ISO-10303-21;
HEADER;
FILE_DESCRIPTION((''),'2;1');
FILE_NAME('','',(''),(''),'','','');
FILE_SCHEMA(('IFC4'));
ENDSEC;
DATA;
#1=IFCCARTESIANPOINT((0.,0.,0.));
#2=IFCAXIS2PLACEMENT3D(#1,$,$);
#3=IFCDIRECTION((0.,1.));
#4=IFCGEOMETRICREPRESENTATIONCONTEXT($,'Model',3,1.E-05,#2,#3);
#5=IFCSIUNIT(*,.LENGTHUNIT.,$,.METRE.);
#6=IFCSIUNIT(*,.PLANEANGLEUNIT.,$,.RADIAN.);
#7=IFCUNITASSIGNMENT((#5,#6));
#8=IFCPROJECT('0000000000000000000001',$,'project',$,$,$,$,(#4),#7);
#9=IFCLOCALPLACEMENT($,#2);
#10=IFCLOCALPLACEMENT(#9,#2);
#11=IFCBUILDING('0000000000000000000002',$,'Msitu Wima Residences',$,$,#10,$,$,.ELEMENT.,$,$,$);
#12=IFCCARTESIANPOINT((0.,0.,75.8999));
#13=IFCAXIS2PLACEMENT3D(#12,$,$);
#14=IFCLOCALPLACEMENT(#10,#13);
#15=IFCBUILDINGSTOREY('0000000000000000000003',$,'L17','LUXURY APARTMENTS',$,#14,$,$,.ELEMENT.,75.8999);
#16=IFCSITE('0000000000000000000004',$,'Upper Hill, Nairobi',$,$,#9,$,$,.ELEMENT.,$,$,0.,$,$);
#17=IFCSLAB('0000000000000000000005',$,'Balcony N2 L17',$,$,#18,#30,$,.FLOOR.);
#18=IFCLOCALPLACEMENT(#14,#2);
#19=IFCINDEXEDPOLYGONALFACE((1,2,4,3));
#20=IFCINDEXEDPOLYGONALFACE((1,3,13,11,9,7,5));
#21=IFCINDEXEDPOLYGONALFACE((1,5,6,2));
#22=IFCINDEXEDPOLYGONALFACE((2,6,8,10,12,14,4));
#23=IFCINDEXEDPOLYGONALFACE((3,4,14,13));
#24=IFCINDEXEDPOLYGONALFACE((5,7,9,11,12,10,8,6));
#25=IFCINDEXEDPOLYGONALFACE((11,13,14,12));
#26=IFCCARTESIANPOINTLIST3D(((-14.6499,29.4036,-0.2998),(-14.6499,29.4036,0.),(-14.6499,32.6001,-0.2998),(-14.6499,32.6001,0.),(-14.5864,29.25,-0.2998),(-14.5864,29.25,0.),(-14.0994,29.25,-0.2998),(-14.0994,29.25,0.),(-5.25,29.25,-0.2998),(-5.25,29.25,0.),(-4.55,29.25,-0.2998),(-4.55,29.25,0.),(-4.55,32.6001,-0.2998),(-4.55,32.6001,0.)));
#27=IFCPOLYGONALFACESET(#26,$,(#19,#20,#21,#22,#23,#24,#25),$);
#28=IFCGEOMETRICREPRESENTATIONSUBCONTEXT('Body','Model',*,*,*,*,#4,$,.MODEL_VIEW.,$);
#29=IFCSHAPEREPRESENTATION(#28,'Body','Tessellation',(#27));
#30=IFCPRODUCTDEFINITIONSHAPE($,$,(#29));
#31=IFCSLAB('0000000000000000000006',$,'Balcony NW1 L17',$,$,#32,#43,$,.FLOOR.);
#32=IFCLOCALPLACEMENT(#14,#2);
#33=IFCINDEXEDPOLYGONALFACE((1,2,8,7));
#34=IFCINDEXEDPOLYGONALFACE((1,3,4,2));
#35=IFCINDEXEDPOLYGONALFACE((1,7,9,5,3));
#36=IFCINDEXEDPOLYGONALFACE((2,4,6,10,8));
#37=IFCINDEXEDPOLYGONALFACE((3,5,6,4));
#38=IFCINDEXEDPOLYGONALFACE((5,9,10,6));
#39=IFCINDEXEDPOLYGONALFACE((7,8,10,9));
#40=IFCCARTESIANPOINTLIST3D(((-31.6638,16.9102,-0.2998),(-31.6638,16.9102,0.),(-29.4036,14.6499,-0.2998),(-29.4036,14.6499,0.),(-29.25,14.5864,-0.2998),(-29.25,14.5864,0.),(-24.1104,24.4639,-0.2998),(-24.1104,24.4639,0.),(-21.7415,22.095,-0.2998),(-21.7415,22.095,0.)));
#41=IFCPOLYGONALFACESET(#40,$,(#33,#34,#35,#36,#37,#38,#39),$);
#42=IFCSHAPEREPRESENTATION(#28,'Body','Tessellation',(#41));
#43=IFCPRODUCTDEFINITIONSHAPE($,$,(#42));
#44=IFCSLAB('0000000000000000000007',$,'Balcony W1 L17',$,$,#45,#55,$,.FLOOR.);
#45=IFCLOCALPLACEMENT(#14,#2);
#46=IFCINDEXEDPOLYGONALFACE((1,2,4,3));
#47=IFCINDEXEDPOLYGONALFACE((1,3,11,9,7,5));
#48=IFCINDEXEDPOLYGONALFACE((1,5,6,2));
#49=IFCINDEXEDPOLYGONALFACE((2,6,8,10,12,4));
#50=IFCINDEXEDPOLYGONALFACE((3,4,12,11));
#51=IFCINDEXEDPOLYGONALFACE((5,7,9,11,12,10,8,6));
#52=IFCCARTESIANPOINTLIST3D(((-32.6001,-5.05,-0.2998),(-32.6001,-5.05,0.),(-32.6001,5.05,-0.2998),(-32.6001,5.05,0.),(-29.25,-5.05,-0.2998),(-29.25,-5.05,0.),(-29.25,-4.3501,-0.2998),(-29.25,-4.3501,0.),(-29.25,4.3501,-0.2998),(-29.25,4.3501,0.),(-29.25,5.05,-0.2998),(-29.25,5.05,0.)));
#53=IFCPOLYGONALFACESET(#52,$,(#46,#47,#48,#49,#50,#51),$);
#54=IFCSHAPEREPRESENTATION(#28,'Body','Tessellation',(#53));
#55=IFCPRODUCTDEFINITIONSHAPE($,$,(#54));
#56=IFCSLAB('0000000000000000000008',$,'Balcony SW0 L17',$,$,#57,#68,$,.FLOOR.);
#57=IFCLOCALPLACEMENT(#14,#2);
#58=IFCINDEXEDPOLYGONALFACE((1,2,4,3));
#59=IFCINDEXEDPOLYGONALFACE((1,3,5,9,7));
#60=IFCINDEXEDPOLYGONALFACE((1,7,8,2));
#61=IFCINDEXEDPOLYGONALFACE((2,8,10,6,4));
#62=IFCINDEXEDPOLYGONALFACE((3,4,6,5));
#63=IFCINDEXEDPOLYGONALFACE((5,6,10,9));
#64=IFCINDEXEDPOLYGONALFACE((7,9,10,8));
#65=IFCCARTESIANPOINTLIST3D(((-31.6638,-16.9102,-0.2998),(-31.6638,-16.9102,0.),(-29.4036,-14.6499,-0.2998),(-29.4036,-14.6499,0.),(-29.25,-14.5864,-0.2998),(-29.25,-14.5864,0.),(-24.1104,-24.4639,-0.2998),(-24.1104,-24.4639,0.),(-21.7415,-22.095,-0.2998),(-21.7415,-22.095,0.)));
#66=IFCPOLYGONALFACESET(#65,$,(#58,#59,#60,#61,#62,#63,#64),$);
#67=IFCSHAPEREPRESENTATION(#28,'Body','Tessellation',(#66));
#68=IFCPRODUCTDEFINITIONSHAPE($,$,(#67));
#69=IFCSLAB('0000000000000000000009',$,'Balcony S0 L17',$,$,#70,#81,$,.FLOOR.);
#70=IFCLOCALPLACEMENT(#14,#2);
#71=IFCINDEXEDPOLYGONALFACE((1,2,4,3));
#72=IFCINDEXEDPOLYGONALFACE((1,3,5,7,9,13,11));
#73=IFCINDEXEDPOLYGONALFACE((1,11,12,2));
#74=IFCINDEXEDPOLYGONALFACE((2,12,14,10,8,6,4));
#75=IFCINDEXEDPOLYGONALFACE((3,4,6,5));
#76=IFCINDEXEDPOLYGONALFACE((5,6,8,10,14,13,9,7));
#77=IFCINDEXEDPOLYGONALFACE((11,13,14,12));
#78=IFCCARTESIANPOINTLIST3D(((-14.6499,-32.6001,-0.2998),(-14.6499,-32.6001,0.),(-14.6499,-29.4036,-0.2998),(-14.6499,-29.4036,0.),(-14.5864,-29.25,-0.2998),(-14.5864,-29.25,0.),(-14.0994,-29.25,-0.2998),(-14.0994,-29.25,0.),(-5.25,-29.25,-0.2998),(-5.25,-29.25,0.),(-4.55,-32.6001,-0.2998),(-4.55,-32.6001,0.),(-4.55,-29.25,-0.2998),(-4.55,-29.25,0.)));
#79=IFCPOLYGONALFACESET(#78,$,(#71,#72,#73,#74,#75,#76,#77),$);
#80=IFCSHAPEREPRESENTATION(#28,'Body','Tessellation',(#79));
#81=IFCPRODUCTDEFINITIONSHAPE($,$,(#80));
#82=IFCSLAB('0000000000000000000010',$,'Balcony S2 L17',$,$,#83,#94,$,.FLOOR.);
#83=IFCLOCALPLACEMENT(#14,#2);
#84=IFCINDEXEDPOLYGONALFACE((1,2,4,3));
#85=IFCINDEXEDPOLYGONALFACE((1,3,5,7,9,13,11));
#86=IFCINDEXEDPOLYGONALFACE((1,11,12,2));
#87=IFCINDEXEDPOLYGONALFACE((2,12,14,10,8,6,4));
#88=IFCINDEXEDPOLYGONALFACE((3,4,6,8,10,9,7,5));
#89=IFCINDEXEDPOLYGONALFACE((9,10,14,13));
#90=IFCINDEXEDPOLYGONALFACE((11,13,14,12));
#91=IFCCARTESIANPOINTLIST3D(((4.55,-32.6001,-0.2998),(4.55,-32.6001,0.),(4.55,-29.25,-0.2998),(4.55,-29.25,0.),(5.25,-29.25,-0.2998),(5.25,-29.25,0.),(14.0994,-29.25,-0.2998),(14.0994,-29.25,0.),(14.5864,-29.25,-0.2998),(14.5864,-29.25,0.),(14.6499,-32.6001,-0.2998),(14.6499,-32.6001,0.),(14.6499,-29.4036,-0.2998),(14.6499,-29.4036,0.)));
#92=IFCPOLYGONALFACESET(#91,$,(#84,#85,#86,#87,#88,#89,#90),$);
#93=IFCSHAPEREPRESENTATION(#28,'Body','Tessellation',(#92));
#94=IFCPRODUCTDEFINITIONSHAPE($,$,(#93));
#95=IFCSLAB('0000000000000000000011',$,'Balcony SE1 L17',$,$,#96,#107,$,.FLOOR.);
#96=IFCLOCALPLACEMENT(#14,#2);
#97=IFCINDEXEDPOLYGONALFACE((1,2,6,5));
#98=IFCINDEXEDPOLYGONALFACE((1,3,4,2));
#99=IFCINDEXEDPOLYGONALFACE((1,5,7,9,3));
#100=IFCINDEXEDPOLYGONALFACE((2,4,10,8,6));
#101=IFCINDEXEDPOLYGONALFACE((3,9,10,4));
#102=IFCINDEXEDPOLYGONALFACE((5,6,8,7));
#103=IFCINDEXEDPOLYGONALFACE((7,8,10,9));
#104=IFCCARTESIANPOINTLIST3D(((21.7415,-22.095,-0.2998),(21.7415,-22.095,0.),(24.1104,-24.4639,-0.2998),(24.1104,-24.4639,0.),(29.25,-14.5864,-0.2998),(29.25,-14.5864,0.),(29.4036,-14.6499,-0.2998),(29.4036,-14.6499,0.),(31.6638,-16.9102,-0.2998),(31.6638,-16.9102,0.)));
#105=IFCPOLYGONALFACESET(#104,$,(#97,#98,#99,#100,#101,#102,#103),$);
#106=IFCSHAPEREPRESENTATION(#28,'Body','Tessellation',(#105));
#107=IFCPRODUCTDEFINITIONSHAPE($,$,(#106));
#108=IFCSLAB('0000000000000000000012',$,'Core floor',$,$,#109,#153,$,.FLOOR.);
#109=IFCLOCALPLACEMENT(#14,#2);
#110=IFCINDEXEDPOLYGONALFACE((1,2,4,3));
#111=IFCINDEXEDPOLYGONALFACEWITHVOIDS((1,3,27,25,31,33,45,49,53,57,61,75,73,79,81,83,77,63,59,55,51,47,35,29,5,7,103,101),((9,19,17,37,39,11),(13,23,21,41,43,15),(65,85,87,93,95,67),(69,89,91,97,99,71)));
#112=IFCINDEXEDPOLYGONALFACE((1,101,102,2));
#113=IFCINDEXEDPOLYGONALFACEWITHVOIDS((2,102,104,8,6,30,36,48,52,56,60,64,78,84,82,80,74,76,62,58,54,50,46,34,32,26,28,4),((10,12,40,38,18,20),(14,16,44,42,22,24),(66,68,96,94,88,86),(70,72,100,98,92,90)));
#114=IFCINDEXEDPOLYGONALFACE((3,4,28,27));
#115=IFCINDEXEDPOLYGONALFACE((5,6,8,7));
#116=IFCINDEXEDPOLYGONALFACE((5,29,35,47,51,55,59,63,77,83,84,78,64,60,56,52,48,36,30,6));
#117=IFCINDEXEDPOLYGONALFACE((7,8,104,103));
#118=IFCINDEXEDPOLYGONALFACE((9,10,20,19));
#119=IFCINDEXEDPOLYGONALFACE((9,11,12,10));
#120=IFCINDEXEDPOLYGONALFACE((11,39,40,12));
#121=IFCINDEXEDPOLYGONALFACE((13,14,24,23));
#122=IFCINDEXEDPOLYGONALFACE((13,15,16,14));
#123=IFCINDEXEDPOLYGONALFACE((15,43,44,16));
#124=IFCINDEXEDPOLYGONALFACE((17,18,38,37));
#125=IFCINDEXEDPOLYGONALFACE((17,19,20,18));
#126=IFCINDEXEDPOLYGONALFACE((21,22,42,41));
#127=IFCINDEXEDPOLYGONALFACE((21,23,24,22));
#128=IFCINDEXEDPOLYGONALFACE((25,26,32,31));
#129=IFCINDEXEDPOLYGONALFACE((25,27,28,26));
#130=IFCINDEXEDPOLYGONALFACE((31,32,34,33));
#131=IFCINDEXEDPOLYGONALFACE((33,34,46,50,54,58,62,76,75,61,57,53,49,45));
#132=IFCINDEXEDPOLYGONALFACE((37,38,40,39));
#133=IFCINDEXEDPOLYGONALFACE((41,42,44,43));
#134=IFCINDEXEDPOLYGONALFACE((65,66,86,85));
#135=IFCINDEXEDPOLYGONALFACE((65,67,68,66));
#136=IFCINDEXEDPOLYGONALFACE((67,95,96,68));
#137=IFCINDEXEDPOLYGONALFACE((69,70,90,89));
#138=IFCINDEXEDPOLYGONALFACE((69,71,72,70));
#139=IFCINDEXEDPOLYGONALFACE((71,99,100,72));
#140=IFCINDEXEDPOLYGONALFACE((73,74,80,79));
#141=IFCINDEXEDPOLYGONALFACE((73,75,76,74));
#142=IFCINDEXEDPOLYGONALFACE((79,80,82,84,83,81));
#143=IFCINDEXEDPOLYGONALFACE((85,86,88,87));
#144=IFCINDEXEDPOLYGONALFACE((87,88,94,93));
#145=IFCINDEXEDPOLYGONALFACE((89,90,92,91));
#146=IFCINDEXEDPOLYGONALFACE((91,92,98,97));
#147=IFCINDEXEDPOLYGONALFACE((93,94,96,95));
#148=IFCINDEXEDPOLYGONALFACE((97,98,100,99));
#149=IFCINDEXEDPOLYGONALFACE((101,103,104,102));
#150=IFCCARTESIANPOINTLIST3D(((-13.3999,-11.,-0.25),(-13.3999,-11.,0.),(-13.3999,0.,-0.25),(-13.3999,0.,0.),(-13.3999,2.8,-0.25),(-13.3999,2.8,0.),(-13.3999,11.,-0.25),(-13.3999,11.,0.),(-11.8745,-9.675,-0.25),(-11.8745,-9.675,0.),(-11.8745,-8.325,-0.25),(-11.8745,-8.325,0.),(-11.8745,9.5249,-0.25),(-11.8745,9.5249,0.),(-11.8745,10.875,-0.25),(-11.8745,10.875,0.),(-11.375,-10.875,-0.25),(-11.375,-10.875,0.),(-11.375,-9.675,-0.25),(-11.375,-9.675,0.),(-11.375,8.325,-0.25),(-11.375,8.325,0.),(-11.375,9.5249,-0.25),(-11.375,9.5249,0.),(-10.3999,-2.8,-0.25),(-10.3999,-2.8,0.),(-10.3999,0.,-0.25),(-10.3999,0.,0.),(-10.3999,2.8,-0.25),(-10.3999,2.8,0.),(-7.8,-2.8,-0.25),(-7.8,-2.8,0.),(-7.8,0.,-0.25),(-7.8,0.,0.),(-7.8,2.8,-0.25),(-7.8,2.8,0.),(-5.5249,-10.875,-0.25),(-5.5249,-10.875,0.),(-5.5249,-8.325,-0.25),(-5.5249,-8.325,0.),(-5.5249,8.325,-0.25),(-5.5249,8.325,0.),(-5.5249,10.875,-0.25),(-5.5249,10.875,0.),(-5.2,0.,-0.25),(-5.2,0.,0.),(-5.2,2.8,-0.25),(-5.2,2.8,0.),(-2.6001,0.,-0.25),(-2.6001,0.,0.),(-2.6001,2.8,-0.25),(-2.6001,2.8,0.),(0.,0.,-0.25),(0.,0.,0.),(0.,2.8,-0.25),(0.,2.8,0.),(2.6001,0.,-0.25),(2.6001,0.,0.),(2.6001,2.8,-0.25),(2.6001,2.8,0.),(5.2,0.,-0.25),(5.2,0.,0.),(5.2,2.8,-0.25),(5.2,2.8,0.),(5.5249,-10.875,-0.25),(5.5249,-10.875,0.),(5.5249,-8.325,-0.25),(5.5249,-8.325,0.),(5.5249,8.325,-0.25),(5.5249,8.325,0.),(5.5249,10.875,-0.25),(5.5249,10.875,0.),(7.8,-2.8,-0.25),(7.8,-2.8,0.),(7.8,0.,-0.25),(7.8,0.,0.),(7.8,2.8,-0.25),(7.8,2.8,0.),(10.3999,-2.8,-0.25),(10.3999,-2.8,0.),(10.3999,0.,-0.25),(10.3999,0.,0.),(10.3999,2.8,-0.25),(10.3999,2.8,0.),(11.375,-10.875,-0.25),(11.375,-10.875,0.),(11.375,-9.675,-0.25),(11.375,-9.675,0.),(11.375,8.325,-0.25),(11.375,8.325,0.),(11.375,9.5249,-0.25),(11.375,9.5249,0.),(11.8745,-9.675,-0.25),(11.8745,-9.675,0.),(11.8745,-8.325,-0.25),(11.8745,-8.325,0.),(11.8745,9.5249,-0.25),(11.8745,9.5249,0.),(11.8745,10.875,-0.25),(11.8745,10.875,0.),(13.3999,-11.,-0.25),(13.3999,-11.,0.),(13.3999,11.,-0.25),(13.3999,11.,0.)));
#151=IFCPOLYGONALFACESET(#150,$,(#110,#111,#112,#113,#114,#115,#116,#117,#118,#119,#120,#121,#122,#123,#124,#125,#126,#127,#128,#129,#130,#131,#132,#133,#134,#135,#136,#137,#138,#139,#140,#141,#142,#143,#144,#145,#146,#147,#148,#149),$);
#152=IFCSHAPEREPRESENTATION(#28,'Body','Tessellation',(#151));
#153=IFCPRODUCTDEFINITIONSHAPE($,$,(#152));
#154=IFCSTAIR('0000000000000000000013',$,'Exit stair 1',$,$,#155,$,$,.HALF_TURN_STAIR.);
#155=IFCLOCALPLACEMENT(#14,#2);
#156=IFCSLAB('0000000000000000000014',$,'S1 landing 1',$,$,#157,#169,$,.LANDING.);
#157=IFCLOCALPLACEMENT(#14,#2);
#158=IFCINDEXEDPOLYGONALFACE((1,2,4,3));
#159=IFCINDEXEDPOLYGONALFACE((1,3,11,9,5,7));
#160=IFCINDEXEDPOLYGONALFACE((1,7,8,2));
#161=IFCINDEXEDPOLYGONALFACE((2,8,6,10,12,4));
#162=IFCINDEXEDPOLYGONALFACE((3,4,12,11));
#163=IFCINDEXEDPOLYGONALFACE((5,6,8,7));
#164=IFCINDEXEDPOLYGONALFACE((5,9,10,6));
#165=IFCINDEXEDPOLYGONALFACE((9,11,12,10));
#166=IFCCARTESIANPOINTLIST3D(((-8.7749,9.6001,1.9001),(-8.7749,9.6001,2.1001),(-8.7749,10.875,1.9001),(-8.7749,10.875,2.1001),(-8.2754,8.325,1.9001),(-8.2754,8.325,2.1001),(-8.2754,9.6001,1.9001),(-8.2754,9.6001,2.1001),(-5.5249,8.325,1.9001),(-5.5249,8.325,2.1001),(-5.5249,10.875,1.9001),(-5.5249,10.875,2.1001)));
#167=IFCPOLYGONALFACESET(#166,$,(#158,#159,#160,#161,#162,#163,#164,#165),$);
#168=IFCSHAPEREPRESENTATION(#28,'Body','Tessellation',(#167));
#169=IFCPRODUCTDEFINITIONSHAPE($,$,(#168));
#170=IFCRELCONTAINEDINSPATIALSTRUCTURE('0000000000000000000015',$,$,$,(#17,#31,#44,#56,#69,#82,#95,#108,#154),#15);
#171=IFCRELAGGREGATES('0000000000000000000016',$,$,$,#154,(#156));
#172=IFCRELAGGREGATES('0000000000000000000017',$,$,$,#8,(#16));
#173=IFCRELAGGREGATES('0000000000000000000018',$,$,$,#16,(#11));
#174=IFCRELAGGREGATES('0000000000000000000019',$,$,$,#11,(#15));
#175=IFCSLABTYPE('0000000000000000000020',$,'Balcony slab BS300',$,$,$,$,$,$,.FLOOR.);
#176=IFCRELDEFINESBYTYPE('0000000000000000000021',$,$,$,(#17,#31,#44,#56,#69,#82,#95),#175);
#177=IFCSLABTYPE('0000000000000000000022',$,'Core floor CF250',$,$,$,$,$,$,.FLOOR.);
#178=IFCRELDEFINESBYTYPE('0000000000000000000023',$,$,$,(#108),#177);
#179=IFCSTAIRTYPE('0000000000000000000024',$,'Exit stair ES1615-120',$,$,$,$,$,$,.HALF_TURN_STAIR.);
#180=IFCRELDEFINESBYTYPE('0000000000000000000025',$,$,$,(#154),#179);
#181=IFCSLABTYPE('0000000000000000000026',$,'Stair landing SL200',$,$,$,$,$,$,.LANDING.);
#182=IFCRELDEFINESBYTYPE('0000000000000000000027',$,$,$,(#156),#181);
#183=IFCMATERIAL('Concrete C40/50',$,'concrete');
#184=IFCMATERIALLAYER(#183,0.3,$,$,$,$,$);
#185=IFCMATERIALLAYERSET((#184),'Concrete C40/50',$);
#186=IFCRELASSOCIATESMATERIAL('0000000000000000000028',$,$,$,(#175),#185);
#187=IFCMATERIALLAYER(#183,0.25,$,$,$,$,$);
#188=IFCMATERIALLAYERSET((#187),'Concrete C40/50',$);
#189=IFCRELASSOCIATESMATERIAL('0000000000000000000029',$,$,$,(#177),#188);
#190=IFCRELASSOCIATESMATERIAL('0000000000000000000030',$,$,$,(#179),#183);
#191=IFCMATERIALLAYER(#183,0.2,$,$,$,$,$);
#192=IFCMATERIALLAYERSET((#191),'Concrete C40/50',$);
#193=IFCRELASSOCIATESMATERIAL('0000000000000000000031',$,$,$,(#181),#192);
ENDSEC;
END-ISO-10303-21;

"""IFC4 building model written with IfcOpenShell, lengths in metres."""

from ifc_helpers import new_model, si_unit, direction, frame, origin, place, context, subcontext, project, spatial, polyline, outline, extrude, material, layer, layer_set, type_object, element, aggregate, save


model = new_model("IFC4")

# Units and contexts
model_context = context("Model", 3, precision=1e-05, world=origin(), true_north=direction((0.0, 1.0)))
body_context = subcontext(model_context, "Body", "Model", "MODEL_VIEW")
ifc_project = project(units=[si_unit("LENGTHUNIT", "METRE"), si_unit("PLANEANGLEUNIT", "RADIAN")], contexts=[model_context])

# Site, building, storey
site_placement = place(None, origin())
site = spatial("IfcSite", under=ifc_project, at=site_placement, Name="Upper Hill, Nairobi", CompositionType="ELEMENT", RefElevation=0.0)
building_placement = place(site_placement, origin())
building = spatial("IfcBuilding", under=site, at=building_placement, Name="Msitu Wima Residences", CompositionType="ELEMENT")
storey_placement = place(building_placement, frame((0.0, 0.0, 75.8999)))
storey = spatial("IfcBuildingStorey", under=building, at=storey_placement, Name="L17", Description="LUXURY APARTMENTS", CompositionType="ELEMENT", Elevation=75.8999)

# Slabs
ifc_material_1 = material(Name="Concrete C40/50", Category="concrete")
ifc_layer_1 = layer(ifc_material_1, 0.3)
ifc_layer_set_1 = layer_set([ifc_layer_1], Name="Concrete C40/50")
slab_type_1 = type_object("IfcSlabType", Name="Balcony slab BS300", PredefinedType="FLOOR", material=ifc_layer_set_1)
slab_1_placement = place(storey_placement, frame((0.0, 0.0, -0.2998)))
element("IfcSlab", 1, at=slab_1_placement, inside=storey, type_object=slab_type_1, Name="Balcony N2 L17", PredefinedType="FLOOR", context=body_context, shape_type="SweptSolid", body=[
    extrude(outline(polyline([(-14.0994, 29.25), (-14.0994, 29.25), (-14.0994, 29.25), (-14.5864, 29.25), (-14.6499, 29.4036), (-14.6499, 32.6001), (-4.55, 32.6001), (-4.55, 29.25), (-5.25, 29.25), (-14.0994, 29.25)])), origin(), (0.0, 0.0, 1.0), 0.2998),
])
slab_2_placement = place(storey_placement, frame((0.0, 0.0, -0.2998)))
element("IfcSlab", 2, at=slab_2_placement, inside=storey, type_object=slab_type_1, Name="Balcony NW1 L17", PredefinedType="FLOOR", context=body_context, shape_type="SweptSolid", body=[
    extrude(outline(polyline([(-31.6638, 16.9102), (-24.1104, 24.4639), (-21.7415, 22.095), (-29.25, 14.5864), (-29.4036, 14.6499), (-31.6638, 16.9102)])), origin(), (0.0, 0.0, 1.0), 0.2998),
])
slab_3_placement = place(storey_placement, frame((0.0, 0.0, -0.2998)))
element("IfcSlab", 3, at=slab_3_placement, inside=storey, type_object=slab_type_1, Name="Balcony W1 L17", PredefinedType="FLOOR", context=body_context, shape_type="SweptSolid", body=[
    extrude(outline(polyline([(-29.25, 4.3501), (-29.25, -4.3501), (-29.25, -5.05), (-32.6001, -5.05), (-32.6001, 5.05), (-29.25, 5.05), (-29.25, 4.3501)])), origin(), (0.0, 0.0, 1.0), 0.2998),
])
slab_4_placement = place(storey_placement, frame((0.0, 0.0, -0.2998)))
element("IfcSlab", 4, at=slab_4_placement, inside=storey, type_object=slab_type_1, Name="Balcony SW0 L17", PredefinedType="FLOOR", context=body_context, shape_type="SweptSolid", body=[
    extrude(outline(polyline([(-24.1104, -24.4639), (-31.6638, -16.9102), (-29.4036, -14.6499), (-29.25, -14.5864), (-21.7415, -22.095), (-24.1104, -24.4639)])), origin(), (0.0, 0.0, 1.0), 0.2998),
])
slab_5_placement = place(storey_placement, frame((0.0, 0.0, -0.2998)))
element("IfcSlab", 5, at=slab_5_placement, inside=storey, type_object=slab_type_1, Name="Balcony S0 L17", PredefinedType="FLOOR", context=body_context, shape_type="SweptSolid", body=[
    extrude(outline(polyline([(-14.0994, -29.25), (-14.0994, -29.25), (-5.25, -29.25), (-4.55, -29.25), (-4.55, -32.6001), (-14.6499, -32.6001), (-14.6499, -29.4036), (-14.5864, -29.25), (-14.0994, -29.25), (-14.0994, -29.25)])), origin(), (0.0, 0.0, 1.0), 0.2998),
])
slab_6_placement = place(storey_placement, frame((0.0, 0.0, -0.2998)))
element("IfcSlab", 6, at=slab_6_placement, inside=storey, type_object=slab_type_1, Name="Balcony S2 L17", PredefinedType="FLOOR", context=body_context, shape_type="SweptSolid", body=[
    extrude(outline(polyline([(14.0994, -29.25), (14.0994, -29.25), (14.0994, -29.25), (14.5864, -29.25), (14.6499, -29.4036), (14.6499, -32.6001), (4.55, -32.6001), (4.55, -29.25), (5.25, -29.25), (14.0994, -29.25)])), origin(), (0.0, 0.0, 1.0), 0.2998),
])
slab_7_placement = place(storey_placement, frame((0.0, 0.0, -0.2998)))
element("IfcSlab", 7, at=slab_7_placement, inside=storey, type_object=slab_type_1, Name="Balcony SE1 L17", PredefinedType="FLOOR", context=body_context, shape_type="SweptSolid", body=[
    extrude(outline(polyline([(31.6638, -16.9102), (24.1104, -24.4639), (21.7415, -22.095), (29.25, -14.5864), (29.4036, -14.6499), (31.6638, -16.9102)])), origin(), (0.0, 0.0, 1.0), 0.2998),
])
ifc_layer_2 = layer(ifc_material_1, 0.25)
ifc_layer_set_2 = layer_set([ifc_layer_2], Name="Concrete C40/50")
slab_type_2 = type_object("IfcSlabType", Name="Core floor CF250", PredefinedType="FLOOR", material=ifc_layer_set_2)
slab_8_placement = place(storey_placement, frame((0.0, 0.0, -0.25)))
element("IfcSlab", 8, at=slab_8_placement, inside=storey, type_object=slab_type_2, Name="Core floor", PredefinedType="FLOOR", context=body_context, shape_type="SweptSolid", body=[
    extrude(outline(polyline([(-13.3999, 11.0), (-13.3999, 2.8), (-10.3999, 2.8), (-7.8, 2.8), (-5.2, 2.8), (-2.6001, 2.8), (0.0, 2.8), (2.6001, 2.8), (5.2, 2.8), (7.8, 2.8), (10.3999, 2.8), (10.3999, 0.0), (10.3999, -2.8), (7.8, -2.8), (7.8, 0.0), (5.2, 0.0), (2.6001, 0.0), (0.0, 0.0), (-2.6001, 0.0), (-5.2, 0.0), (-7.8, 0.0), (-7.8, -2.8), (-10.3999, -2.8), (-10.3999, 0.0), (-13.3999, 0.0), (-13.3999, -11.0), (13.3999, -11.0), (13.3999, 11.0), (-13.3999, 11.0)]), holes=[polyline([(-11.375, -10.875), (-11.375, -9.675), (-11.8745, -9.675), (-11.8745, -8.325), (-5.5249, -8.325), (-5.5249, -10.875), (-11.375, -10.875)]), polyline([(-11.375, 9.5249), (-11.8745, 9.5249), (-11.8745, 10.875), (-5.5249, 10.875), (-5.5249, 8.325), (-11.375, 8.325), (-11.375, 9.5249)]), polyline([(11.375, -9.675), (11.375, -10.875), (5.5249, -10.875), (5.5249, -8.325), (11.8745, -8.325), (11.8745, -9.675), (11.375, -9.675)]), polyline([(11.375, 9.5249), (11.375, 8.325), (5.5249, 8.325), (5.5249, 10.875), (11.8745, 10.875), (11.8745, 9.5249), (11.375, 9.5249)])]), origin(), (0.0, 0.0, 1.0), 0.25),
])

# Stair, slab
stair_type = type_object("IfcStairType", Name="Exit stair ES1615-120", PredefinedType="HALF_TURN_STAIR", material=ifc_material_1)
stair_placement = place(storey_placement, origin())
stair = element("IfcStair", 9, at=stair_placement, inside=storey, type_object=stair_type, Name="Exit stair 1", PredefinedType="HALF_TURN_STAIR")
ifc_layer_3 = layer(ifc_material_1, 0.2)
ifc_layer_set_3 = layer_set([ifc_layer_3], Name="Concrete C40/50")
slab_type_3 = type_object("IfcSlabType", Name="Stair landing SL200", PredefinedType="LANDING", material=ifc_layer_set_3)
slab_9_placement = place(storey_placement, frame((0.0, 0.0, 1.9001)))
slab_9 = element("IfcSlab", 10, at=slab_9_placement, type_object=slab_type_3, Name="S1 landing 1", PredefinedType="LANDING", context=body_context, shape_type="SweptSolid", body=[
    extrude(outline(polyline([(-5.5249, 8.325), (-8.2754, 8.325), (-8.2754, 9.6001), (-8.7749, 9.6001), (-8.7749, 10.875), (-5.5249, 10.875), (-5.5249, 8.325)])), origin(), (0.0, 0.0, 1.0), 0.2),
])
aggregate(stair, [slab_9])

save(model, "model.ifc")
